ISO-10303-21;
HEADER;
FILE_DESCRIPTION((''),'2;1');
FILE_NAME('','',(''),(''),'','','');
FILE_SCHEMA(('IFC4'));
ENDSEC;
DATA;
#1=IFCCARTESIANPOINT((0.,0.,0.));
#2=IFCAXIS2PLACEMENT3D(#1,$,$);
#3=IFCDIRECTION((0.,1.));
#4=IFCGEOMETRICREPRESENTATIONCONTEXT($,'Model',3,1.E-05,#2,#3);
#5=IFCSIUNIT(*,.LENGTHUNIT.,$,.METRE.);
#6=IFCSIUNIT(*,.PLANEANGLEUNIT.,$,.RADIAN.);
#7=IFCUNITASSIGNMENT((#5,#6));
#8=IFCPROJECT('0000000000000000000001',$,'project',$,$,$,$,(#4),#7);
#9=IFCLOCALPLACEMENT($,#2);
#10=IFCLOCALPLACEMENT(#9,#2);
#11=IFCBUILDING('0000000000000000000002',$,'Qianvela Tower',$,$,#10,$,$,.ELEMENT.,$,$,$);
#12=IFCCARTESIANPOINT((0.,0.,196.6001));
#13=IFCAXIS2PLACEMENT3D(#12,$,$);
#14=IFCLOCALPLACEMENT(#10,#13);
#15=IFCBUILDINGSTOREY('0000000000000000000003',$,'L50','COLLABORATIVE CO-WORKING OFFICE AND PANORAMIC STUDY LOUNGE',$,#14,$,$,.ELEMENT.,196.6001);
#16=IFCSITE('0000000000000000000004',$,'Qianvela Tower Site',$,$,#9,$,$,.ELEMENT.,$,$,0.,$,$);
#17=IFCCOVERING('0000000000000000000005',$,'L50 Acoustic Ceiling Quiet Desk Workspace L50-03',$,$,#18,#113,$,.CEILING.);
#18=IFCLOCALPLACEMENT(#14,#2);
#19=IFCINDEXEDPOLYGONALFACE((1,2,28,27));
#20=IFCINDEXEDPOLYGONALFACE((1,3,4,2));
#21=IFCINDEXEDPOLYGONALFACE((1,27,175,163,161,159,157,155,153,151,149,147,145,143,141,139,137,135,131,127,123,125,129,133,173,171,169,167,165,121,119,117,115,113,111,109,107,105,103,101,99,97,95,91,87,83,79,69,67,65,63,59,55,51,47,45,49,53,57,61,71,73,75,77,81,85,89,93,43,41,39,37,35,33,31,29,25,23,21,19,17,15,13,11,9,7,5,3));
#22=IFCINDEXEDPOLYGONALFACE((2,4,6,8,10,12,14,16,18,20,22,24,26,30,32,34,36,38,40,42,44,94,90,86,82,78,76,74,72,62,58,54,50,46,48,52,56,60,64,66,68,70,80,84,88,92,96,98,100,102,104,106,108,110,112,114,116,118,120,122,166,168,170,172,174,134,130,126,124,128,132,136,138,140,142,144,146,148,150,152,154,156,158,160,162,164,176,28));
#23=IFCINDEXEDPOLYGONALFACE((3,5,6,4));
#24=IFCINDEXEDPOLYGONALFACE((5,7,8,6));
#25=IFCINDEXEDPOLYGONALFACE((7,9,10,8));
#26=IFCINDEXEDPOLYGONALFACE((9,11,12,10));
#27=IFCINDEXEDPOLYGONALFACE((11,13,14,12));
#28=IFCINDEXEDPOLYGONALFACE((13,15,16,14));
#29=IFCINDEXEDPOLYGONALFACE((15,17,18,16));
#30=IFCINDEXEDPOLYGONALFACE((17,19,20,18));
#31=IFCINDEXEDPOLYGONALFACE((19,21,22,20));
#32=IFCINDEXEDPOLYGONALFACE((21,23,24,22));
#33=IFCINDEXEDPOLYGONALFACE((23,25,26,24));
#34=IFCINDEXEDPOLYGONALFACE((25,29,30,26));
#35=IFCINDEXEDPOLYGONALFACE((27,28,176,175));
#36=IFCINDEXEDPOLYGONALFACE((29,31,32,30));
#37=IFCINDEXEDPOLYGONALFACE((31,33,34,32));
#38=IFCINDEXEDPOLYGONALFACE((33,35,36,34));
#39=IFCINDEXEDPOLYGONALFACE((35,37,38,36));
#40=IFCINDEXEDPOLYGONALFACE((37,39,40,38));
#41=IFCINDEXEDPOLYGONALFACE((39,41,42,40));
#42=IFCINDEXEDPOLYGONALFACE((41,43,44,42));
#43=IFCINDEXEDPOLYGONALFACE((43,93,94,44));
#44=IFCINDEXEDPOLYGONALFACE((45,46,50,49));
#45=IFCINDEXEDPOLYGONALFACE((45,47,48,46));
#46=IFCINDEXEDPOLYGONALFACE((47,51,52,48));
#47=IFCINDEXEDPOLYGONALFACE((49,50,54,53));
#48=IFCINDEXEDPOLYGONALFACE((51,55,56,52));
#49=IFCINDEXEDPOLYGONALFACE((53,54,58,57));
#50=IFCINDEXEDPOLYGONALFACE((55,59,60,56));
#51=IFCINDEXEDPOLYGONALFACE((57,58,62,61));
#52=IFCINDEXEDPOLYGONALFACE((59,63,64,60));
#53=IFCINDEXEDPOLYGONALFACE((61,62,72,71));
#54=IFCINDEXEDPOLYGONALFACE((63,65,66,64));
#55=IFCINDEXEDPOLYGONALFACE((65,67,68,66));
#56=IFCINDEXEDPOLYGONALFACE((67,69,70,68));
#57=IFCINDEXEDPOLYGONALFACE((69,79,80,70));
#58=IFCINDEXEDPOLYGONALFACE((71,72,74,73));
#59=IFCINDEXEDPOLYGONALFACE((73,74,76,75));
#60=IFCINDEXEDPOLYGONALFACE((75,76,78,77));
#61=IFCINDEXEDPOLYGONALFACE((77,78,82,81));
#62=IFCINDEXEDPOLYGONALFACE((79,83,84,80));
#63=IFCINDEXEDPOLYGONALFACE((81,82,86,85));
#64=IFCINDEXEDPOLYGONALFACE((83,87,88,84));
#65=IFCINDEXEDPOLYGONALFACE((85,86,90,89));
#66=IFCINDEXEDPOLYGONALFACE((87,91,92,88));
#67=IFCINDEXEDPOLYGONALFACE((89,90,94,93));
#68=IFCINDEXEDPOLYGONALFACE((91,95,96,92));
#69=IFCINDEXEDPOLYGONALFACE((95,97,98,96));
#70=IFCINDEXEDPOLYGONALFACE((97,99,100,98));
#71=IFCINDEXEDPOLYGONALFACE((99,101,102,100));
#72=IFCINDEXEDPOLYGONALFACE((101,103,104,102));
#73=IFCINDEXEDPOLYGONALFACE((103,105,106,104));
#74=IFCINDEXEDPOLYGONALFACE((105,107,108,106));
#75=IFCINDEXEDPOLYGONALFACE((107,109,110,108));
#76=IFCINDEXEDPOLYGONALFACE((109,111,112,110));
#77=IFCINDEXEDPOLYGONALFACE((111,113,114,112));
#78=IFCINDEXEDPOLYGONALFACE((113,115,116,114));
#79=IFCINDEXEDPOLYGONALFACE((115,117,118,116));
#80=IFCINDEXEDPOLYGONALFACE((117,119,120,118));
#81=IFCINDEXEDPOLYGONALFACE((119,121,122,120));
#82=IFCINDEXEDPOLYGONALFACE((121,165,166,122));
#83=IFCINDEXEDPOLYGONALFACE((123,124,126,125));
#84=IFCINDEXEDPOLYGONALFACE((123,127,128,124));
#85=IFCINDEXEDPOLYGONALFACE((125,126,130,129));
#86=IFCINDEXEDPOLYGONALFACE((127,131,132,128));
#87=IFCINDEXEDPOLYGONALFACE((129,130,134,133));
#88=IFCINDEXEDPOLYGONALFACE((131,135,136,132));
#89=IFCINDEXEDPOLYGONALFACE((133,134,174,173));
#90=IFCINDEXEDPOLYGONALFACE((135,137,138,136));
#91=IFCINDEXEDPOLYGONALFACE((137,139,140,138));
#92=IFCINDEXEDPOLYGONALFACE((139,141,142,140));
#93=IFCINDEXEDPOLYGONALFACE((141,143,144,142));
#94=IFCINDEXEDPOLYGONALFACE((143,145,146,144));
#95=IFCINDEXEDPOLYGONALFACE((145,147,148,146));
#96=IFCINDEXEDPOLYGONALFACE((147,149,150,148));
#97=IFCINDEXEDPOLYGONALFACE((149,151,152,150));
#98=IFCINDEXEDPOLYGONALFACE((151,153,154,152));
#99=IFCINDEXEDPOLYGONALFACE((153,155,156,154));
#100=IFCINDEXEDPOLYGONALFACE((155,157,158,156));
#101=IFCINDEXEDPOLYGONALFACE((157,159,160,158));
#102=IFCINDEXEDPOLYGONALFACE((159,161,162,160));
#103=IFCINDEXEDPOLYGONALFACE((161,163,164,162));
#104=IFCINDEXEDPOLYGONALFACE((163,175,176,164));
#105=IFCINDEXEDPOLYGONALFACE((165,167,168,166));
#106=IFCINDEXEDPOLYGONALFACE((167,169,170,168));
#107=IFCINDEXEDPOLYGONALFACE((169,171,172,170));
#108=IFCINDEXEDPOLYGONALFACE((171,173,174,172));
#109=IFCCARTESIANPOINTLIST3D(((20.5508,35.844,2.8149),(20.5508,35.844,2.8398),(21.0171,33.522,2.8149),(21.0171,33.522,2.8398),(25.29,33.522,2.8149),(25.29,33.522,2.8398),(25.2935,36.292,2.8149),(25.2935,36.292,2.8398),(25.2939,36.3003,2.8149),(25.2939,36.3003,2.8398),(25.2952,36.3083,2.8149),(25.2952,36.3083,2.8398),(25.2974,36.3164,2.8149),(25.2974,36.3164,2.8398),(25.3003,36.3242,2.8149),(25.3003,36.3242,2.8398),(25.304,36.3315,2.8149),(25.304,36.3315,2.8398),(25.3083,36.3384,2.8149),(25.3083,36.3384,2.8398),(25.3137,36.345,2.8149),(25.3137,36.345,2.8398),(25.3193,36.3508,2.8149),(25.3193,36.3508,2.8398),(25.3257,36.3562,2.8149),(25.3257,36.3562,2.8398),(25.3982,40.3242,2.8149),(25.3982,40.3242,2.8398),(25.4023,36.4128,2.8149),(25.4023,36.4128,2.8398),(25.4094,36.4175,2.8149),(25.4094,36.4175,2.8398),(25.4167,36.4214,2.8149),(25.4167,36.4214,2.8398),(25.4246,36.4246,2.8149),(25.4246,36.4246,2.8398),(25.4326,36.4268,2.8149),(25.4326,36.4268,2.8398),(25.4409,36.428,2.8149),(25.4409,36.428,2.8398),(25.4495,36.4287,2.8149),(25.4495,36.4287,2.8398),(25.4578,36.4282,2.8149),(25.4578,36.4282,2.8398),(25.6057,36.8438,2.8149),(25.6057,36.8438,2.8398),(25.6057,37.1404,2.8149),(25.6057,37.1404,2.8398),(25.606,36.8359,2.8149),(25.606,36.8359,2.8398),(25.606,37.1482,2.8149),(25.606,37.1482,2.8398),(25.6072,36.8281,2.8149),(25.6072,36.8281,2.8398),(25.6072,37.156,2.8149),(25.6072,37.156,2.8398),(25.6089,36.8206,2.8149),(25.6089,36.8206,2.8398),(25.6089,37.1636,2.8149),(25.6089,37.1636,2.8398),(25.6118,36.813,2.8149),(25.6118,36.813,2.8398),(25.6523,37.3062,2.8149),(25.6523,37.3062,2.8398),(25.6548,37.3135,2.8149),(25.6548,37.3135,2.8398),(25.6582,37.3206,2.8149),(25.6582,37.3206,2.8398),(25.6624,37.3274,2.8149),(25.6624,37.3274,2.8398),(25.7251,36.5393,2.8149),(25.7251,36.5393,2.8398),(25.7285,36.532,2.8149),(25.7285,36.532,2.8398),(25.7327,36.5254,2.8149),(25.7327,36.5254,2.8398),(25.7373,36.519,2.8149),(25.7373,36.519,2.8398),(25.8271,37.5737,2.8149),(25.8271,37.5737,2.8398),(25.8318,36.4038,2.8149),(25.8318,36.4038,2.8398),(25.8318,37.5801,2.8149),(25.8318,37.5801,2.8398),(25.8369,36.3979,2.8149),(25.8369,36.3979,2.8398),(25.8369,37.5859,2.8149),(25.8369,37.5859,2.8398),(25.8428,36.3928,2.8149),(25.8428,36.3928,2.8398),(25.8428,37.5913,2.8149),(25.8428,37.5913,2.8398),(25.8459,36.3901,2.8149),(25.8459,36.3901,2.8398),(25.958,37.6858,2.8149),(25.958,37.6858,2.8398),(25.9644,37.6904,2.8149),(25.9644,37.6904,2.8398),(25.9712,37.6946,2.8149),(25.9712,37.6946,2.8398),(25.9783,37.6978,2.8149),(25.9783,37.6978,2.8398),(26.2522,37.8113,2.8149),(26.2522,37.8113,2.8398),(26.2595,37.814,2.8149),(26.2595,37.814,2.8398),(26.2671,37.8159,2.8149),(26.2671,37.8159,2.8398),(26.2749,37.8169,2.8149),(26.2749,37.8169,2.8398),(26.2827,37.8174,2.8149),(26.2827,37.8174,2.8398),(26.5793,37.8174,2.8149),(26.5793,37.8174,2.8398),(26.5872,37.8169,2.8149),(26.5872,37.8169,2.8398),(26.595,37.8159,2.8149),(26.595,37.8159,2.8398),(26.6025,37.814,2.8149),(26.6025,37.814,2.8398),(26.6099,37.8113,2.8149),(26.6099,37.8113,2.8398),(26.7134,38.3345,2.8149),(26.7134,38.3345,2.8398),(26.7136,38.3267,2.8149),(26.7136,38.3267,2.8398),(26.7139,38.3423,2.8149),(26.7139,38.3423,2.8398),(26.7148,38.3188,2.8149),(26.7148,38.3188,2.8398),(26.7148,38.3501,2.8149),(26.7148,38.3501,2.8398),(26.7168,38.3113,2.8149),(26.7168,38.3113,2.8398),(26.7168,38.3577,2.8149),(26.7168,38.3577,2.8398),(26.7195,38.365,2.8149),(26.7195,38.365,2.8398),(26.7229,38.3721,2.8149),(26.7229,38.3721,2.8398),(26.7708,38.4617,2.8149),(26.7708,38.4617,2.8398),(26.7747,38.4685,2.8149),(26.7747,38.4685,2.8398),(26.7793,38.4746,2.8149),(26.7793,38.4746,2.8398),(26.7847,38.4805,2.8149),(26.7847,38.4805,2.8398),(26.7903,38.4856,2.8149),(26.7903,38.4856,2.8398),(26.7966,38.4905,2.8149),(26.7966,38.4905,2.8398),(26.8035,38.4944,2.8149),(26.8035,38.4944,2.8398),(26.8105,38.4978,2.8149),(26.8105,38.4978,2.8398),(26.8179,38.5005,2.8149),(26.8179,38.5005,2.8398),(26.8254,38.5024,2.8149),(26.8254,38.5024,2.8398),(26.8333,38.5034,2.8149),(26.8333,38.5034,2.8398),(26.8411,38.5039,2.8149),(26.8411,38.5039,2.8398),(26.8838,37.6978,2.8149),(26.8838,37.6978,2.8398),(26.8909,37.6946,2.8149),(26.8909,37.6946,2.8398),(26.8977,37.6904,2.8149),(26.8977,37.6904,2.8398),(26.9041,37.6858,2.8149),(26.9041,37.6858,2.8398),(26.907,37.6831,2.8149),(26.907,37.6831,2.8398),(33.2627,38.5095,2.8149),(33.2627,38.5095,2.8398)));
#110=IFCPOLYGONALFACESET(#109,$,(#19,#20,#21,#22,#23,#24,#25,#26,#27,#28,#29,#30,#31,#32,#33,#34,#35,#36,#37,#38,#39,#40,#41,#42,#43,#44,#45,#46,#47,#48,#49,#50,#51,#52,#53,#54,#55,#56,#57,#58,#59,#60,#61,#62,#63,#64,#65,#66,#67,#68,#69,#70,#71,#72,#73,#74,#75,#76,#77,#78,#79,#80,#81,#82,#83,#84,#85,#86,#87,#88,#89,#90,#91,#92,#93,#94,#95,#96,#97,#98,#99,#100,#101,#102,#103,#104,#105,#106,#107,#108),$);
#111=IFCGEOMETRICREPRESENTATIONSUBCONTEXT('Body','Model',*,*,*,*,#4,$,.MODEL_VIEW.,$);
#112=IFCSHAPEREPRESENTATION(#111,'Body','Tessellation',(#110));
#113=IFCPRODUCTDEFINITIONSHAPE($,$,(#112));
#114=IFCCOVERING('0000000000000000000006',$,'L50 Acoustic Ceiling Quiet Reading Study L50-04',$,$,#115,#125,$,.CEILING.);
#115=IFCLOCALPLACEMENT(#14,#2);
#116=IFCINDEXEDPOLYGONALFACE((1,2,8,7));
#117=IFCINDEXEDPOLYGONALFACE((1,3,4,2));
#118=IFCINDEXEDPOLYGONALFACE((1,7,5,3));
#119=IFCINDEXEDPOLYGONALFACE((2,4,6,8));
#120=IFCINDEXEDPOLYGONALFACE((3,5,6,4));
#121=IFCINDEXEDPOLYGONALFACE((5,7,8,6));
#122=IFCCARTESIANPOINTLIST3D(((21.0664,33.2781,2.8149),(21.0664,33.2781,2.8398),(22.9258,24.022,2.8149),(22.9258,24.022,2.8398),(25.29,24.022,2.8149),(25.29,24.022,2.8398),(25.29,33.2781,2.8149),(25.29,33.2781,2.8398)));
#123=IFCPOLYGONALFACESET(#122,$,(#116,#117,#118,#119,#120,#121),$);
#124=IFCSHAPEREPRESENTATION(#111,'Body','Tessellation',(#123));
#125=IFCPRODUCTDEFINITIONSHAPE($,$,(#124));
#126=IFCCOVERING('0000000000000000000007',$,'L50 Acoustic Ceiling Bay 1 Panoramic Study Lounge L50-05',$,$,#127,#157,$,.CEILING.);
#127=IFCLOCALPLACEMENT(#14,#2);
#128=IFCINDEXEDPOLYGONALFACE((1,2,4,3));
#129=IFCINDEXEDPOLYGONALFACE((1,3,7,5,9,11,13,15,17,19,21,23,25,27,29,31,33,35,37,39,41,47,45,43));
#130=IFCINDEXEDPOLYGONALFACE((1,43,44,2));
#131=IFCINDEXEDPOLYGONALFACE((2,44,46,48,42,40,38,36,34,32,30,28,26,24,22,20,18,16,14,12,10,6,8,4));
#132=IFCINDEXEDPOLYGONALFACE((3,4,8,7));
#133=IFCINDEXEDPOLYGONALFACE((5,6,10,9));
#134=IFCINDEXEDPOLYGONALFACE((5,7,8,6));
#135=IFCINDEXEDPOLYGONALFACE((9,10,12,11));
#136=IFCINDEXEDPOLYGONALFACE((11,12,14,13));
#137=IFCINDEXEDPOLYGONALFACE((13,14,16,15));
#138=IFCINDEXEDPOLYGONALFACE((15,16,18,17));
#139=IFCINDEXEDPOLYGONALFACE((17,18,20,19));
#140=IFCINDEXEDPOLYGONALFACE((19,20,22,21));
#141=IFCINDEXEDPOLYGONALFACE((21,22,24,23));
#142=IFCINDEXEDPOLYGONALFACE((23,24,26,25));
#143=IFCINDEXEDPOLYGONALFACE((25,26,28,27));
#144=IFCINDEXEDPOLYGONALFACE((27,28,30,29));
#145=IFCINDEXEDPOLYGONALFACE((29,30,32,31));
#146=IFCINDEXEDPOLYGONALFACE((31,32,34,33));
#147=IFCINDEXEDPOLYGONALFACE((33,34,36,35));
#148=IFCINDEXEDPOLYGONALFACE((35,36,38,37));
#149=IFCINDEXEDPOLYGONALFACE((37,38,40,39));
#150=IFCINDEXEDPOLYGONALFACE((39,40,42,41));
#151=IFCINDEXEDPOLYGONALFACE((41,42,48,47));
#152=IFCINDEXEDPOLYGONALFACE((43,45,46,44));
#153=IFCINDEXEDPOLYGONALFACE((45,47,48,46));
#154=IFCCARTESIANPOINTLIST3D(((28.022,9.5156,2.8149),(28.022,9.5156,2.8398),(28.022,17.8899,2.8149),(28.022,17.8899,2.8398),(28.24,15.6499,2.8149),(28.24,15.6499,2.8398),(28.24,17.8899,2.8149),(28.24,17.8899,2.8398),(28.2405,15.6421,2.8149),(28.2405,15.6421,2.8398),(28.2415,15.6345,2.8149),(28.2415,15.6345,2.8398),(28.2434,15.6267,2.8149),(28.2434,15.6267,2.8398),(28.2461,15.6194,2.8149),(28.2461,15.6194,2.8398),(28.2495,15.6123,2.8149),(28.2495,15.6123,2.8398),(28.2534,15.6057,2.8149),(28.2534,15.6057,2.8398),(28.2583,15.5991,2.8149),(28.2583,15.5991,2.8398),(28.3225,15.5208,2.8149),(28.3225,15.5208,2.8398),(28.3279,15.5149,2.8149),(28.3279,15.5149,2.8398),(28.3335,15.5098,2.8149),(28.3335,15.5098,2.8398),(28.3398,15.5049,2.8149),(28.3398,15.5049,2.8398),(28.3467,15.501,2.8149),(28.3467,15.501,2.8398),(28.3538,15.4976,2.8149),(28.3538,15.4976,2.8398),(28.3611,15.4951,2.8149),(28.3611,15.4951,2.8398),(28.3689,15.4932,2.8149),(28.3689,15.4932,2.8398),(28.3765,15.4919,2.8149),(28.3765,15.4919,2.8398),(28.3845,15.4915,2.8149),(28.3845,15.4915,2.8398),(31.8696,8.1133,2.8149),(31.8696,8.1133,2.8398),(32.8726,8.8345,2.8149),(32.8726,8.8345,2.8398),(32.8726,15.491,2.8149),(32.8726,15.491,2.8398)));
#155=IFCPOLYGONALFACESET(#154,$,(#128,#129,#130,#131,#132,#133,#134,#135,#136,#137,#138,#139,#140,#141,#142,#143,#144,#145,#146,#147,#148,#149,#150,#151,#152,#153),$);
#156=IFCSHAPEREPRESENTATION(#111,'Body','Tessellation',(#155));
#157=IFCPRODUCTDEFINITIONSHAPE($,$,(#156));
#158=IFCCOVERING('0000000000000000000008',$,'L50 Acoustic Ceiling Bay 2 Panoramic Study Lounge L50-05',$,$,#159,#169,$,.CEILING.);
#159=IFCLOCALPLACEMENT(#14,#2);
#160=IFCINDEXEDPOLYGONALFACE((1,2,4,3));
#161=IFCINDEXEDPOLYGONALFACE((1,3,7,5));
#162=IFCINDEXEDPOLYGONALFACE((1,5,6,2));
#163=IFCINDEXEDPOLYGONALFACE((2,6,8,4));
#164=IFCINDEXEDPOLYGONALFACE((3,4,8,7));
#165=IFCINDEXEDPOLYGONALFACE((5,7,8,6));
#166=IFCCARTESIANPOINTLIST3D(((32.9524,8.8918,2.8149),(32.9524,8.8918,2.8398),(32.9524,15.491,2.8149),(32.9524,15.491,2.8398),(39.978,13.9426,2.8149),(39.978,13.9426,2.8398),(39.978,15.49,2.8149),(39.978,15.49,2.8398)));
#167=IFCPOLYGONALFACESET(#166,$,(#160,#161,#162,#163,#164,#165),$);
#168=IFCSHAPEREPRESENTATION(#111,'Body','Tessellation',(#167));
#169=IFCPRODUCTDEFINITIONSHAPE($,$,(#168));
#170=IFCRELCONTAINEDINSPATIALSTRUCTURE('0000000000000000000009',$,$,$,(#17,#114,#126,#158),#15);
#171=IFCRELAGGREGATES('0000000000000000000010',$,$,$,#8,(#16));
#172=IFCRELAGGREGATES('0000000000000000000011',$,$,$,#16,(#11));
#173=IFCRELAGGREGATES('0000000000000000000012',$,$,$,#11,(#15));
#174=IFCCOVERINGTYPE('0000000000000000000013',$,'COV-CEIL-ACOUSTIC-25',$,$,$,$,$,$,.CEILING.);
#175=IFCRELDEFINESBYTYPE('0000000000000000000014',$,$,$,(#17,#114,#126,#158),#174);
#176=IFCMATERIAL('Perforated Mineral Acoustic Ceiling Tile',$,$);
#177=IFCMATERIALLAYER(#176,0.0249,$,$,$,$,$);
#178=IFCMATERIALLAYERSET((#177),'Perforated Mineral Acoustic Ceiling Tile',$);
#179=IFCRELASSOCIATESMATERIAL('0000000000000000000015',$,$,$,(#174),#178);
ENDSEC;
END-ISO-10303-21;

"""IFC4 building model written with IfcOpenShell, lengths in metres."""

from ifc_helpers import new_model, si_unit, direction, frame, origin, place, context, subcontext, project, spatial, polyline, outline, extrude, material, layer, layer_set, type_object, element, save


model = new_model("IFC4")

# Units and contexts
model_context = context("Model", 3, precision=1e-05, world=origin(), true_north=direction((0.0, 1.0)))
body_context = subcontext(model_context, "Body", "Model", "MODEL_VIEW")
ifc_project = project(units=[si_unit("LENGTHUNIT", "METRE"), si_unit("PLANEANGLEUNIT", "RADIAN")], contexts=[model_context])

# Site, building, storey
site_placement = place(None, origin())
site = spatial("IfcSite", under=ifc_project, at=site_placement, Name="Qianvela Tower Site", CompositionType="ELEMENT", RefElevation=0.0)
building_placement = place(site_placement, origin())
building = spatial("IfcBuilding", under=site, at=building_placement, Name="Qianvela Tower", CompositionType="ELEMENT")
storey_placement = place(building_placement, frame((0.0, 0.0, 196.6001)))
storey = spatial("IfcBuildingStorey", under=building, at=storey_placement, Name="L50", Description="COLLABORATIVE CO-WORKING OFFICE AND PANORAMIC STUDY LOUNGE", CompositionType="ELEMENT", Elevation=196.6001)

# Coverings
ifc_material_1 = material(Name="Perforated Mineral Acoustic Ceiling Tile")
ifc_layer_1 = layer(ifc_material_1, 0.0249)
ifc_layer_set_1 = layer_set([ifc_layer_1], Name="Perforated Mineral Acoustic Ceiling Tile")
covering_type_1 = type_object("IfcCoveringType", Name="COV-CEIL-ACOUSTIC-25", PredefinedType="CEILING", material=ifc_layer_set_1)
covering_1_placement = place(storey_placement, frame((0.0, 0.0, 2.8149)))
element("IfcCovering", 1, at=covering_1_placement, inside=storey, type_object=covering_type_1, Name="L50 Acoustic Ceiling Quiet Desk Workspace L50-03", PredefinedType="CEILING", context=body_context, shape_type="SweptSolid", body=[
    extrude(outline(polyline([(25.8459, 36.3901), (25.4578, 36.4282), (25.4495, 36.4287), (25.4409, 36.428), (25.4326, 36.4268), (25.4246, 36.4246), (25.4167, 36.4214), (25.4094, 36.4175), (25.4023, 36.4128), (25.3257, 36.3562), (25.3193, 36.3508), (25.3137, 36.345), (25.3083, 36.3384), (25.304, 36.3315), (25.3003, 36.3242), (25.2974, 36.3164), (25.2952, 36.3083), (25.2939, 36.3003), (25.2935, 36.292), (25.29, 33.522), (21.0171, 33.522), (20.5508, 35.844), (25.3982, 40.3242), (33.2627, 38.5095), (26.8411, 38.5039), (26.8333, 38.5034), (26.8254, 38.5024), (26.8179, 38.5005), (26.8105, 38.4978), (26.8035, 38.4944), (26.7966, 38.4905), (26.7903, 38.4856), (26.7847, 38.4805), (26.7793, 38.4746), (26.7747, 38.4685), (26.7708, 38.4617), (26.7229, 38.3721), (26.7195, 38.365), (26.7168, 38.3577), (26.7148, 38.3501), (26.7139, 38.3423), (26.7134, 38.3345), (26.7136, 38.3267), (26.7148, 38.3188), (26.7168, 38.3113), (26.907, 37.6831), (26.9041, 37.6858), (26.8977, 37.6904), (26.8909, 37.6946), (26.8838, 37.6978), (26.6099, 37.8113), (26.6025, 37.814), (26.595, 37.8159), (26.5872, 37.8169), (26.5793, 37.8174), (26.2827, 37.8174), (26.2749, 37.8169), (26.2671, 37.8159), (26.2595, 37.814), (26.2522, 37.8113), (25.9783, 37.6978), (25.9712, 37.6946), (25.9644, 37.6904), (25.958, 37.6858), (25.8428, 37.5913), (25.8369, 37.5859), (25.8318, 37.5801), (25.8271, 37.5737), (25.6624, 37.3274), (25.6582, 37.3206), (25.6548, 37.3135), (25.6523, 37.3062), (25.6089, 37.1636), (25.6072, 37.156), (25.606, 37.1482), (25.6057, 37.1404), (25.6057, 36.8438), (25.606, 36.8359), (25.6072, 36.8281), (25.6089, 36.8206), (25.6118, 36.813), (25.7251, 36.5393), (25.7285, 36.532), (25.7327, 36.5254), (25.7373, 36.519), (25.8318, 36.4038), (25.8369, 36.3979), (25.8428, 36.3928), (25.8459, 36.3901)])), origin(), (0.0, 0.0, 1.0), 0.0249),
])
covering_2_placement = place(storey_placement, frame((0.0, 0.0, 2.8149)))
element("IfcCovering", 2, at=covering_2_placement, inside=storey, type_object=covering_type_1, Name="L50 Acoustic Ceiling Quiet Reading Study L50-04", PredefinedType="CEILING", context=body_context, shape_type="SweptSolid", body=[
    extrude(outline(polyline([(25.29, 33.2781), (25.29, 24.022), (22.9258, 24.022), (21.0664, 33.2781), (25.29, 33.2781)])), origin(), (0.0, 0.0, 1.0), 0.0249),
])
covering_3_placement = place(storey_placement, frame((0.0, 0.0, 2.8149)))
element("IfcCovering", 3, at=covering_3_placement, inside=storey, type_object=covering_type_1, Name="L50 Acoustic Ceiling Bay 1 Panoramic Study Lounge L50-05", PredefinedType="CEILING", context=body_context, shape_type="SweptSolid", body=[
    extrude(outline(polyline([(28.24, 17.8899), (28.24, 15.6499), (28.2405, 15.6421), (28.2415, 15.6345), (28.2434, 15.6267), (28.2461, 15.6194), (28.2495, 15.6123), (28.2534, 15.6057), (28.2583, 15.5991), (28.3225, 15.5208), (28.3279, 15.5149), (28.3335, 15.5098), (28.3398, 15.5049), (28.3467, 15.501), (28.3538, 15.4976), (28.3611, 15.4951), (28.3689, 15.4932), (28.3765, 15.4919), (28.3845, 15.4915), (32.8726, 15.491), (32.8726, 8.8345), (31.8696, 8.1133), (28.022, 9.5156), (28.022, 17.8899), (28.24, 17.8899)])), origin(), (0.0, 0.0, 1.0), 0.0249),
])
covering_4_placement = place(storey_placement, frame((0.0, 0.0, 2.8149)))
element("IfcCovering", 4, at=covering_4_placement, inside=storey, type_object=covering_type_1, Name="L50 Acoustic Ceiling Bay 2 Panoramic Study Lounge L50-05", PredefinedType="CEILING", context=body_context, shape_type="SweptSolid", body=[
    extrude(outline(polyline([(39.978, 15.49), (39.978, 13.9426), (32.9524, 8.8918), (32.9524, 15.491), (39.978, 15.49)])), origin(), (0.0, 0.0, 1.0), 0.0249),
])

save(model, "model.ifc")
